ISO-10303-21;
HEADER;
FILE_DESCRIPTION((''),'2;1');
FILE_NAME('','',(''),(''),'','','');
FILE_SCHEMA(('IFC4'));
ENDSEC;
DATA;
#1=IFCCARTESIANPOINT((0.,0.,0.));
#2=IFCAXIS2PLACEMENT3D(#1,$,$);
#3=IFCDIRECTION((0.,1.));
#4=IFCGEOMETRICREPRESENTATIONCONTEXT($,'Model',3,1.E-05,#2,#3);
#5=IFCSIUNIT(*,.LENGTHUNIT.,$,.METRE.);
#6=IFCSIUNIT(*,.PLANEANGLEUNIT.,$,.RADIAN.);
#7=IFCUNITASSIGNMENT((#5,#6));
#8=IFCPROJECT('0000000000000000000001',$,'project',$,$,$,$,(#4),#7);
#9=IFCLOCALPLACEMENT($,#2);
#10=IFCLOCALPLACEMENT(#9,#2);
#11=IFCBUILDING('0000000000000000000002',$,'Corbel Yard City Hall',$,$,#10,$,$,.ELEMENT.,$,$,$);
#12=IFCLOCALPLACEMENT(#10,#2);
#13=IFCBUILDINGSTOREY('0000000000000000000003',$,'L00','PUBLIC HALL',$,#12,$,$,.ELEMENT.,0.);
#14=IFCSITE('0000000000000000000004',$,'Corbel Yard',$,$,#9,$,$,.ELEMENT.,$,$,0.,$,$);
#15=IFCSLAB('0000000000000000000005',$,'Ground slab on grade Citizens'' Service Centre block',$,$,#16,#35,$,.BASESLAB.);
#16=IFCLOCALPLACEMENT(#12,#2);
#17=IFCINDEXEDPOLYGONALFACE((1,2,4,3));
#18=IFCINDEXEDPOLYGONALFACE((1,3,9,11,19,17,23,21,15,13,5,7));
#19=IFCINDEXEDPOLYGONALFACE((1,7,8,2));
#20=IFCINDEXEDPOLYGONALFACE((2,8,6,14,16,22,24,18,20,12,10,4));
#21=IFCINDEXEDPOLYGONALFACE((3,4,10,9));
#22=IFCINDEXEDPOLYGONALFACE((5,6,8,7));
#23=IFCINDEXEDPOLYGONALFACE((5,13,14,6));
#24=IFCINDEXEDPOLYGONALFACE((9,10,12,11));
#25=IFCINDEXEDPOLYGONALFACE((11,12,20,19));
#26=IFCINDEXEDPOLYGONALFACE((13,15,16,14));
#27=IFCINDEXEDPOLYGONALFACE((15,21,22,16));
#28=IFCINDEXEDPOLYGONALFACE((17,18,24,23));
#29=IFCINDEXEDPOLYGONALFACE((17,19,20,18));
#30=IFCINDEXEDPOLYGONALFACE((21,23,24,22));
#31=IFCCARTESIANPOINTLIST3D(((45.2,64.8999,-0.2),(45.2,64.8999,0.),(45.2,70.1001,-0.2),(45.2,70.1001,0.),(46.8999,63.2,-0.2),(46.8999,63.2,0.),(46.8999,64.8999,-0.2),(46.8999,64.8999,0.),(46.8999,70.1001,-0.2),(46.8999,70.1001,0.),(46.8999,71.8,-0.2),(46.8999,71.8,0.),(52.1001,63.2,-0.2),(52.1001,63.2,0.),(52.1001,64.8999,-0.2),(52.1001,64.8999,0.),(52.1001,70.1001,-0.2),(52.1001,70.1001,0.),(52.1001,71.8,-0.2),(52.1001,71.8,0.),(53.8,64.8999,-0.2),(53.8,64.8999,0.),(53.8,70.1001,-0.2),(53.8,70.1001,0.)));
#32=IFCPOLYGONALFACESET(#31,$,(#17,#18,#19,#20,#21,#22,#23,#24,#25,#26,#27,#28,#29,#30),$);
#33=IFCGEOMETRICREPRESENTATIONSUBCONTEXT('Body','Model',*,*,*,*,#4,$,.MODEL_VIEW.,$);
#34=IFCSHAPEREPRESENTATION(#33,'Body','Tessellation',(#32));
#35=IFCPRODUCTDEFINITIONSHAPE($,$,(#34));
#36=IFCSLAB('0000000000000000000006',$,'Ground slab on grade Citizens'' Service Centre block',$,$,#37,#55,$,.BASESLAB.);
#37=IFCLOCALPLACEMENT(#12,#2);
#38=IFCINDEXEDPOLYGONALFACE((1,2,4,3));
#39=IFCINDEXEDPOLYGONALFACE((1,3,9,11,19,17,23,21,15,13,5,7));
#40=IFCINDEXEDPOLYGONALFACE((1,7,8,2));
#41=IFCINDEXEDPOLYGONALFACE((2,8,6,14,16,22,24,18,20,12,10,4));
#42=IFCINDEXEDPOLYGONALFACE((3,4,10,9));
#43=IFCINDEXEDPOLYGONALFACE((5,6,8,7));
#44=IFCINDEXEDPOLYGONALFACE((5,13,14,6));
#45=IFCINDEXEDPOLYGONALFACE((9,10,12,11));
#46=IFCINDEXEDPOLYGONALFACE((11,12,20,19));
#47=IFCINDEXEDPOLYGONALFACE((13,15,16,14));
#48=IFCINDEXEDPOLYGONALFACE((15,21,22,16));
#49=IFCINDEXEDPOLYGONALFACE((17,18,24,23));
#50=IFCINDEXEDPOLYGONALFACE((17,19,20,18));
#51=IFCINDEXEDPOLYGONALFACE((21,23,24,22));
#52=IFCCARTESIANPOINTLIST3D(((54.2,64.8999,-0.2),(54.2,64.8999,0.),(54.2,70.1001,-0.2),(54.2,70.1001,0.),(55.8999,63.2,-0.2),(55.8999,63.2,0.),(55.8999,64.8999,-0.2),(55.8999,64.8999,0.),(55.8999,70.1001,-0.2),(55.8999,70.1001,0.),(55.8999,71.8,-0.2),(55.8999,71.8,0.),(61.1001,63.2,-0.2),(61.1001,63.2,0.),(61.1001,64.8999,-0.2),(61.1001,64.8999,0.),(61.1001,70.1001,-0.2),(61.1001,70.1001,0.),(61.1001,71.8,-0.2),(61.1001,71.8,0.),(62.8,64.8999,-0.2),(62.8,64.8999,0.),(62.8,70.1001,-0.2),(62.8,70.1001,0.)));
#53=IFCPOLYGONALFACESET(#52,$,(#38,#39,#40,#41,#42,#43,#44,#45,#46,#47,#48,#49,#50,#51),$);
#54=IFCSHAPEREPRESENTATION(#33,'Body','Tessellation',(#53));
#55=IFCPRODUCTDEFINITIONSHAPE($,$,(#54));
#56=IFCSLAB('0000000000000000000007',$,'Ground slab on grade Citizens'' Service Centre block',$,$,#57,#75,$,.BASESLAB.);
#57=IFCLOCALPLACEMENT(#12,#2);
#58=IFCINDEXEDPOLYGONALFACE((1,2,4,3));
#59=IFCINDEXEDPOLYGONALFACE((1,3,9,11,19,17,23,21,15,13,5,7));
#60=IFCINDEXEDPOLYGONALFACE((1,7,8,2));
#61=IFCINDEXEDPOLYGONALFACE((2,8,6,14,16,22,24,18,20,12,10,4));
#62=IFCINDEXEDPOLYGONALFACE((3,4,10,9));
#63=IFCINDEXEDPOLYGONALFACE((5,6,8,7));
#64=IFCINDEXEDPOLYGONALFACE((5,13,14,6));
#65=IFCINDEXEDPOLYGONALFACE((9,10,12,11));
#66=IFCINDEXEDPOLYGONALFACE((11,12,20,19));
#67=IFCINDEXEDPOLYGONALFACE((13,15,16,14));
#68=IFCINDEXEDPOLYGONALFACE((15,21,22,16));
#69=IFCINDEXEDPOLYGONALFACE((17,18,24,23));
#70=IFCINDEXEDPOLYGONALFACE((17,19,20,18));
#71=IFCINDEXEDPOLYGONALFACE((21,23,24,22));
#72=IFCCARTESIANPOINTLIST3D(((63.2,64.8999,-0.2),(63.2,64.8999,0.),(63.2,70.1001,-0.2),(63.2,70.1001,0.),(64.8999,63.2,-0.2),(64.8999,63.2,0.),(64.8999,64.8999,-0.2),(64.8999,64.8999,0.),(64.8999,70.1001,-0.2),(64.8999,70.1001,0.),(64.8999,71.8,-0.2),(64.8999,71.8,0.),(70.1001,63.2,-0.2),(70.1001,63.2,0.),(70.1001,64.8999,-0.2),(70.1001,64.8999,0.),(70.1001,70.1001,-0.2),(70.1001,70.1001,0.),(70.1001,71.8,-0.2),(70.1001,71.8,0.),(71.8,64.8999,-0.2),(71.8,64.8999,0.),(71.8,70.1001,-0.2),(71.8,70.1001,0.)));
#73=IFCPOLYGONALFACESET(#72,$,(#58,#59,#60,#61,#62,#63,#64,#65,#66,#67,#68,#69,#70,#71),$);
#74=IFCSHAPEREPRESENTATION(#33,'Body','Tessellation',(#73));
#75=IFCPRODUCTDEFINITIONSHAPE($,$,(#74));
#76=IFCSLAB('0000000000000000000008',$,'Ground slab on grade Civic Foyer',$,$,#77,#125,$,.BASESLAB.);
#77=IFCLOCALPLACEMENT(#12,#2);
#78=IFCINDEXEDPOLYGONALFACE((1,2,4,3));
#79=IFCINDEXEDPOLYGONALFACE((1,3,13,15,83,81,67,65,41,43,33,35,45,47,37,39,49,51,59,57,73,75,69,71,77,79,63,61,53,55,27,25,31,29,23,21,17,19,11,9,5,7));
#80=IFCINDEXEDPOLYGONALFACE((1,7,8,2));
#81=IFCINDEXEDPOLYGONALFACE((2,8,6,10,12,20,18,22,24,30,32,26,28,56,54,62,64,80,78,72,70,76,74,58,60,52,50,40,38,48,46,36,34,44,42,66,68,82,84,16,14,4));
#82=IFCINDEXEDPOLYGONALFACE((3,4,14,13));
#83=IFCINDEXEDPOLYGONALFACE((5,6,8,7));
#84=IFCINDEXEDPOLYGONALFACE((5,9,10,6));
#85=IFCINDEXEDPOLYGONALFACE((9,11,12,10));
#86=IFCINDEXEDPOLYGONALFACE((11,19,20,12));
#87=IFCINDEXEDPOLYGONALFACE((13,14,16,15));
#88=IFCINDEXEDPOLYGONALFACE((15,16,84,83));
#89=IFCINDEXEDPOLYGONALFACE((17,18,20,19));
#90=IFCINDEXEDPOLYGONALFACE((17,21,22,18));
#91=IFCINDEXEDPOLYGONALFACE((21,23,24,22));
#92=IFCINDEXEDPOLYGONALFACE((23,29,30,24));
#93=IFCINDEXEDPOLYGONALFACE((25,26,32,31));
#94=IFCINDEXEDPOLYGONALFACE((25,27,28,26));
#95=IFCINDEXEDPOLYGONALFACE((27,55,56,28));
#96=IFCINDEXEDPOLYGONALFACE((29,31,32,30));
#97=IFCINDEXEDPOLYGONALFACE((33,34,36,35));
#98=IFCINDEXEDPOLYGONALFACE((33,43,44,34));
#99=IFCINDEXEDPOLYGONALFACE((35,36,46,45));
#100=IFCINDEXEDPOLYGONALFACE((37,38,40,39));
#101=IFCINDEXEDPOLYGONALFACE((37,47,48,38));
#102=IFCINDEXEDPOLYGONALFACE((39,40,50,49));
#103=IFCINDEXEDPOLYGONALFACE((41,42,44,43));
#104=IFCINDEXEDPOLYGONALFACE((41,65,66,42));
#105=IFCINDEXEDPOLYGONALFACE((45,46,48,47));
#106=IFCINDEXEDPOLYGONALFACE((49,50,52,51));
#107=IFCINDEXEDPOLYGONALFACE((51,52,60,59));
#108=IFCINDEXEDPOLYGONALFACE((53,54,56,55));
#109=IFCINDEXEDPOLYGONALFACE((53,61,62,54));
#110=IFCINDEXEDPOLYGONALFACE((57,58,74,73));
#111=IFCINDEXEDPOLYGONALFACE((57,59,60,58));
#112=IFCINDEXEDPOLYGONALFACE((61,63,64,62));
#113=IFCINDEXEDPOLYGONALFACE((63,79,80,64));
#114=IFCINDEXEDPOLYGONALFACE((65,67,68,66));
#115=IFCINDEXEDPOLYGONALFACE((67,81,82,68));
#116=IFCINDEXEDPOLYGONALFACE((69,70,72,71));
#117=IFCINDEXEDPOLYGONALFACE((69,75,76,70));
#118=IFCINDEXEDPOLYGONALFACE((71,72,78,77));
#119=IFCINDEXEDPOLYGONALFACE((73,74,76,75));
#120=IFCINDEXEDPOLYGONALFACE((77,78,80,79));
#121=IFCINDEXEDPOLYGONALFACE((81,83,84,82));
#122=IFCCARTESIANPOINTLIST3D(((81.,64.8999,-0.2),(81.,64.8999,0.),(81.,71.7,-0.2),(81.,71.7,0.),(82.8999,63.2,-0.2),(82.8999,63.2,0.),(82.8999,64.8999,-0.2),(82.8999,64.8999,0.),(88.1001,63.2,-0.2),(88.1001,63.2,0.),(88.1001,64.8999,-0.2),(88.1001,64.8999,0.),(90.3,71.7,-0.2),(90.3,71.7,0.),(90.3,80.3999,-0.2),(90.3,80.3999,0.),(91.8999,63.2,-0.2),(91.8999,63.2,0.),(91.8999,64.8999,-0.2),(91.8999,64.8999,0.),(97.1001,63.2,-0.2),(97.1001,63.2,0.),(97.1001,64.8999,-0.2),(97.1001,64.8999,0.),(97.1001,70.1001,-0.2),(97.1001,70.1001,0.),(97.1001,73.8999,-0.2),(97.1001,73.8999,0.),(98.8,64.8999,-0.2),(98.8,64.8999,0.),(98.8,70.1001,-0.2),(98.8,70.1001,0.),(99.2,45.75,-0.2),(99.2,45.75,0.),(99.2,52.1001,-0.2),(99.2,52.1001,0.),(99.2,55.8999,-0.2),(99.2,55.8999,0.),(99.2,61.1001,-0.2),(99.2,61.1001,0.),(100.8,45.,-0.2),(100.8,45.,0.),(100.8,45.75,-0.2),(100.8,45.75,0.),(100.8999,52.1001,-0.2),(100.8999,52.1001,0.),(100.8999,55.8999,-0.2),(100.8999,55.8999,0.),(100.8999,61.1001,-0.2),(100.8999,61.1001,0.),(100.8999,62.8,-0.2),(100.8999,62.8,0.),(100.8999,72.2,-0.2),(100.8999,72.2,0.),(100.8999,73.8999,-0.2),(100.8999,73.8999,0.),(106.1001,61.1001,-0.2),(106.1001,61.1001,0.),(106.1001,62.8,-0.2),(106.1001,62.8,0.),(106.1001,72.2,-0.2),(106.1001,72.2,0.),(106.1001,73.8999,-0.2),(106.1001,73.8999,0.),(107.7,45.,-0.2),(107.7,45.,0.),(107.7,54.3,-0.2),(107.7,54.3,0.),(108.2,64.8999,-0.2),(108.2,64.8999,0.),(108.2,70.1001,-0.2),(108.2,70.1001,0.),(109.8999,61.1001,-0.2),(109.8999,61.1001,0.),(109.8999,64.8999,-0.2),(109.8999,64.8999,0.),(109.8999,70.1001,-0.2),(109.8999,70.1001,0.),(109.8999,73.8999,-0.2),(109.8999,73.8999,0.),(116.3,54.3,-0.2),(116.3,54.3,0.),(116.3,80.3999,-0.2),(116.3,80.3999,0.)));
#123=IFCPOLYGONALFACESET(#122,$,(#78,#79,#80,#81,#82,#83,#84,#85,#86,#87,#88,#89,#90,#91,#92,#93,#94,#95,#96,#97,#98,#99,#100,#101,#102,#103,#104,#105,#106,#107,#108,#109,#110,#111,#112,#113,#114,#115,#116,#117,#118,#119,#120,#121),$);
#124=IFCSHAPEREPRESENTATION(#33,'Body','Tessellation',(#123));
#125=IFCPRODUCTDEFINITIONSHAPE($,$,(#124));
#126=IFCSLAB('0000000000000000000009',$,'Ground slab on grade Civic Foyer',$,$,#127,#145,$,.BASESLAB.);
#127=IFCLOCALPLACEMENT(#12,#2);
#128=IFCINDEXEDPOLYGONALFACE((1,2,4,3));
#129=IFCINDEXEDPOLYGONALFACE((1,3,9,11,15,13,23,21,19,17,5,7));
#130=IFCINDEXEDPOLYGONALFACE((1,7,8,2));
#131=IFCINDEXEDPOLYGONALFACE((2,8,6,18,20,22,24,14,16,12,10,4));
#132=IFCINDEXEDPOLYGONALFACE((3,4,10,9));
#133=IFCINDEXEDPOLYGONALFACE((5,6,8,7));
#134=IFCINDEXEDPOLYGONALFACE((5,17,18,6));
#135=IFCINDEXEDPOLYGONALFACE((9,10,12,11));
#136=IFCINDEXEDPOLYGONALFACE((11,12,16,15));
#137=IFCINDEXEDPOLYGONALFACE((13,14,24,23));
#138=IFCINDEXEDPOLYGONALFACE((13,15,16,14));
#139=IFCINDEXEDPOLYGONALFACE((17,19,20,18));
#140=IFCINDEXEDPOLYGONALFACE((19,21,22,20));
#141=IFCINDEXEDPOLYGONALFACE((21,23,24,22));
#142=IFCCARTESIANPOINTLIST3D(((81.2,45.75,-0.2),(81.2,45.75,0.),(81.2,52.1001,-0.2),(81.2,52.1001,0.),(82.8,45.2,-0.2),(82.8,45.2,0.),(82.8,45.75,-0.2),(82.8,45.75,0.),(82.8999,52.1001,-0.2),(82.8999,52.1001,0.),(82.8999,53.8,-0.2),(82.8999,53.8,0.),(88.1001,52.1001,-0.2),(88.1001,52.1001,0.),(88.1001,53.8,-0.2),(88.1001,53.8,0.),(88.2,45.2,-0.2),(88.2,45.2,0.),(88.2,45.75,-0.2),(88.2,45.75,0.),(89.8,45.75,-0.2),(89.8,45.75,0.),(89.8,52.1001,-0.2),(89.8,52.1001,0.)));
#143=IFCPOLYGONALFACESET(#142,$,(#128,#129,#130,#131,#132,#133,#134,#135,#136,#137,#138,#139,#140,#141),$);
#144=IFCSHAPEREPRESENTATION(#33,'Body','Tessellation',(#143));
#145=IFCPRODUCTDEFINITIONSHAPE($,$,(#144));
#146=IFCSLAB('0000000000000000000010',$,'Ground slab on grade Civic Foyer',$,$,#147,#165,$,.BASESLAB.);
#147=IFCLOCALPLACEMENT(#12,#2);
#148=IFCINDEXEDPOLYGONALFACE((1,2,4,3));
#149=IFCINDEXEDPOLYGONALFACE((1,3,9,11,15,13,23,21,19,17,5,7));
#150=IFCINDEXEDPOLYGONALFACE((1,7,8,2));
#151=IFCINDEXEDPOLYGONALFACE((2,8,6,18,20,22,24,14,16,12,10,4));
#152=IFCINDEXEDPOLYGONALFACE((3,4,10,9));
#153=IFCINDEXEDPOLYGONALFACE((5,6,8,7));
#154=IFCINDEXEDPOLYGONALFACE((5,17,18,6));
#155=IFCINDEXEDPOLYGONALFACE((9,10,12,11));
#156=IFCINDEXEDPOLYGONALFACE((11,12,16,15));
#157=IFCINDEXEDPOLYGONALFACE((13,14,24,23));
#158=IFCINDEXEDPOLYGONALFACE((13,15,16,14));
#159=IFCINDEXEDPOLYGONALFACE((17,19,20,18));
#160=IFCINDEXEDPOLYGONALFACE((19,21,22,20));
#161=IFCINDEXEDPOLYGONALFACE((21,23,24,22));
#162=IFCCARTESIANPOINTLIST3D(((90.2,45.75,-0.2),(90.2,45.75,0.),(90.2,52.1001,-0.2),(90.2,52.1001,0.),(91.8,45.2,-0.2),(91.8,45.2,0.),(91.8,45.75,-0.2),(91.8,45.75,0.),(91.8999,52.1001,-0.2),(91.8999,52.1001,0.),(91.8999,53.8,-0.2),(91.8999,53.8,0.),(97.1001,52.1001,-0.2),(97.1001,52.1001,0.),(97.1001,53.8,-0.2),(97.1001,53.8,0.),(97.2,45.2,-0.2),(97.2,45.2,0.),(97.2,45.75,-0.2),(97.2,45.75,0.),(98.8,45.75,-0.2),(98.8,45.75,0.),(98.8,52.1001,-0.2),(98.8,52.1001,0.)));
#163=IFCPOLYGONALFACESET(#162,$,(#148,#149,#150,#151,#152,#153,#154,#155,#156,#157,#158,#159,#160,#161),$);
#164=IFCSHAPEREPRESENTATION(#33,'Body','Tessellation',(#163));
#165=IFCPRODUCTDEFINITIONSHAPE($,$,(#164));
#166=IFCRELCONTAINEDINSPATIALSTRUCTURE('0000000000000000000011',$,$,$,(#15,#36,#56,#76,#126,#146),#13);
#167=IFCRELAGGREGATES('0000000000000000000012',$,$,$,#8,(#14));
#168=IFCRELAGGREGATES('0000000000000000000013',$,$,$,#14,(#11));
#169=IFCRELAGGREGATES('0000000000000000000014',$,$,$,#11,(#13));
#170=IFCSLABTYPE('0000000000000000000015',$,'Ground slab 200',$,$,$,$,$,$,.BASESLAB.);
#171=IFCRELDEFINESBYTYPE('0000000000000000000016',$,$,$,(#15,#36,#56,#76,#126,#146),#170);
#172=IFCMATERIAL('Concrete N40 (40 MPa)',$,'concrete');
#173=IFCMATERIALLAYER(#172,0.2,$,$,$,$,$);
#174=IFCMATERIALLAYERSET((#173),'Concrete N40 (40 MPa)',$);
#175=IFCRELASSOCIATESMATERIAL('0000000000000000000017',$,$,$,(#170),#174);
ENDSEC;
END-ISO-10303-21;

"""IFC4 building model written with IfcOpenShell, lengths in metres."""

from ifc_helpers import new_model, si_unit, direction, frame, origin, place, context, subcontext, project, spatial, polyline, outline, extrude, material, layer, layer_set, type_object, element, save


model = new_model("IFC4")

# Units and contexts
model_context = context("Model", 3, precision=1e-05, world=origin(), true_north=direction((0.0, 1.0)))
body_context = subcontext(model_context, "Body", "Model", "MODEL_VIEW")
ifc_project = project(units=[si_unit("LENGTHUNIT", "METRE"), si_unit("PLANEANGLEUNIT", "RADIAN")], contexts=[model_context])

# Site, building, storey
site_placement = place(None, origin())
site = spatial("IfcSite", under=ifc_project, at=site_placement, Name="Corbel Yard", CompositionType="ELEMENT", RefElevation=0.0)
building_placement = place(site_placement, origin())
building = spatial("IfcBuilding", under=site, at=building_placement, Name="Corbel Yard City Hall", CompositionType="ELEMENT")
storey_placement = place(building_placement, origin())
storey = spatial("IfcBuildingStorey", under=building, at=storey_placement, Name="L00", Description="PUBLIC HALL", CompositionType="ELEMENT", Elevation=0.0)

# Slabs
ifc_material = material(Name="Concrete N40 (40 MPa)", Category="concrete")
ifc_layer = layer(ifc_material, 0.2)
ifc_layer_set = layer_set([ifc_layer], Name="Concrete N40 (40 MPa)")
slab_type = type_object("IfcSlabType", Name="Ground slab 200", PredefinedType="BASESLAB", material=ifc_layer_set)
slab_1_placement = place(storey_placement, frame((0.0, 0.0, -0.2)))
element("IfcSlab", 1, at=slab_1_placement, inside=storey, type_object=slab_type, Name="Ground slab on grade Citizens' Service Centre block", PredefinedType="BASESLAB", context=body_context, shape_type="SweptSolid", body=[
    extrude(outline(polyline([(46.8999, 70.1001), (45.2, 70.1001), (45.2, 64.8999), (46.8999, 64.8999), (46.8999, 63.2), (52.1001, 63.2), (52.1001, 64.8999), (53.8, 64.8999), (53.8, 70.1001), (52.1001, 70.1001), (52.1001, 71.8), (46.8999, 71.8), (46.8999, 70.1001)])), origin(), (0.0, 0.0, 1.0), 0.2),
])
slab_2_placement = place(storey_placement, frame((0.0, 0.0, -0.2)))
element("IfcSlab", 2, at=slab_2_placement, inside=storey, type_object=slab_type, Name="Ground slab on grade Citizens' Service Centre block", PredefinedType="BASESLAB", context=body_context, shape_type="SweptSolid", body=[
    extrude(outline(polyline([(62.8, 64.8999), (62.8, 70.1001), (61.1001, 70.1001), (61.1001, 71.8), (55.8999, 71.8), (55.8999, 70.1001), (54.2, 70.1001), (54.2, 64.8999), (55.8999, 64.8999), (55.8999, 63.2), (61.1001, 63.2), (61.1001, 64.8999), (62.8, 64.8999)])), origin(), (0.0, 0.0, 1.0), 0.2),
])
slab_3_placement = place(storey_placement, frame((0.0, 0.0, -0.2)))
element("IfcSlab", 3, at=slab_3_placement, inside=storey, type_object=slab_type, Name="Ground slab on grade Citizens' Service Centre block", PredefinedType="BASESLAB", context=body_context, shape_type="SweptSolid", body=[
    extrude(outline(polyline([(64.8999, 71.8), (64.8999, 70.1001), (63.2, 70.1001), (63.2, 64.8999), (64.8999, 64.8999), (64.8999, 63.2), (70.1001, 63.2), (70.1001, 64.8999), (71.8, 64.8999), (71.8, 70.1001), (70.1001, 70.1001), (70.1001, 71.8), (64.8999, 71.8)])), origin(), (0.0, 0.0, 1.0), 0.2),
])
slab_4_placement = place(storey_placement, frame((0.0, 0.0, -0.2)))
element("IfcSlab", 4, at=slab_4_placement, inside=storey, type_object=slab_type, Name="Ground slab on grade Civic Foyer", PredefinedType="BASESLAB", context=body_context, shape_type="SweptSolid", body=[
    extrude(outline(polyline([(90.3, 80.3999), (90.3, 71.7), (81.0, 71.7), (81.0, 64.8999), (82.8999, 64.8999), (82.8999, 63.2), (88.1001, 63.2), (88.1001, 64.8999), (91.8999, 64.8999), (91.8999, 63.2), (97.1001, 63.2), (97.1001, 64.8999), (98.8, 64.8999), (98.8, 70.1001), (97.1001, 70.1001), (97.1001, 73.8999), (100.8999, 73.8999), (100.8999, 72.2), (106.1001, 72.2), (106.1001, 73.8999), (109.8999, 73.8999), (109.8999, 70.1001), (108.2, 70.1001), (108.2, 64.8999), (109.8999, 64.8999), (109.8999, 61.1001), (106.1001, 61.1001), (106.1001, 62.8), (100.8999, 62.8), (100.8999, 61.1001), (99.2, 61.1001), (99.2, 55.8999), (100.8999, 55.8999), (100.8999, 52.1001), (99.2, 52.1001), (99.2, 45.75), (100.8, 45.75), (100.8, 45.0), (107.7, 45.0), (107.7, 54.3), (116.3, 54.3), (116.3, 80.3999), (90.3, 80.3999)])), origin(), (0.0, 0.0, 1.0), 0.2),
])
slab_5_placement = place(storey_placement, frame((0.0, 0.0, -0.2)))
element("IfcSlab", 5, at=slab_5_placement, inside=storey, type_object=slab_type, Name="Ground slab on grade Civic Foyer", PredefinedType="BASESLAB", context=body_context, shape_type="SweptSolid", body=[
    extrude(outline(polyline([(81.2, 52.1001), (81.2, 45.75), (82.8, 45.75), (82.8, 45.2), (88.2, 45.2), (88.2, 45.75), (89.8, 45.75), (89.8, 52.1001), (88.1001, 52.1001), (88.1001, 53.8), (82.8999, 53.8), (82.8999, 52.1001), (81.2, 52.1001)])), origin(), (0.0, 0.0, 1.0), 0.2),
])
slab_6_placement = place(storey_placement, frame((0.0, 0.0, -0.2)))
element("IfcSlab", 6, at=slab_6_placement, inside=storey, type_object=slab_type, Name="Ground slab on grade Civic Foyer", PredefinedType="BASESLAB", context=body_context, shape_type="SweptSolid", body=[
    extrude(outline(polyline([(98.8, 52.1001), (97.1001, 52.1001), (97.1001, 53.8), (91.8999, 53.8), (91.8999, 52.1001), (90.2, 52.1001), (90.2, 45.75), (91.8, 45.75), (91.8, 45.2), (97.2, 45.2), (97.2, 45.75), (98.8, 45.75), (98.8, 52.1001)])), origin(), (0.0, 0.0, 1.0), 0.2),
])

save(model, "model.ifc")
